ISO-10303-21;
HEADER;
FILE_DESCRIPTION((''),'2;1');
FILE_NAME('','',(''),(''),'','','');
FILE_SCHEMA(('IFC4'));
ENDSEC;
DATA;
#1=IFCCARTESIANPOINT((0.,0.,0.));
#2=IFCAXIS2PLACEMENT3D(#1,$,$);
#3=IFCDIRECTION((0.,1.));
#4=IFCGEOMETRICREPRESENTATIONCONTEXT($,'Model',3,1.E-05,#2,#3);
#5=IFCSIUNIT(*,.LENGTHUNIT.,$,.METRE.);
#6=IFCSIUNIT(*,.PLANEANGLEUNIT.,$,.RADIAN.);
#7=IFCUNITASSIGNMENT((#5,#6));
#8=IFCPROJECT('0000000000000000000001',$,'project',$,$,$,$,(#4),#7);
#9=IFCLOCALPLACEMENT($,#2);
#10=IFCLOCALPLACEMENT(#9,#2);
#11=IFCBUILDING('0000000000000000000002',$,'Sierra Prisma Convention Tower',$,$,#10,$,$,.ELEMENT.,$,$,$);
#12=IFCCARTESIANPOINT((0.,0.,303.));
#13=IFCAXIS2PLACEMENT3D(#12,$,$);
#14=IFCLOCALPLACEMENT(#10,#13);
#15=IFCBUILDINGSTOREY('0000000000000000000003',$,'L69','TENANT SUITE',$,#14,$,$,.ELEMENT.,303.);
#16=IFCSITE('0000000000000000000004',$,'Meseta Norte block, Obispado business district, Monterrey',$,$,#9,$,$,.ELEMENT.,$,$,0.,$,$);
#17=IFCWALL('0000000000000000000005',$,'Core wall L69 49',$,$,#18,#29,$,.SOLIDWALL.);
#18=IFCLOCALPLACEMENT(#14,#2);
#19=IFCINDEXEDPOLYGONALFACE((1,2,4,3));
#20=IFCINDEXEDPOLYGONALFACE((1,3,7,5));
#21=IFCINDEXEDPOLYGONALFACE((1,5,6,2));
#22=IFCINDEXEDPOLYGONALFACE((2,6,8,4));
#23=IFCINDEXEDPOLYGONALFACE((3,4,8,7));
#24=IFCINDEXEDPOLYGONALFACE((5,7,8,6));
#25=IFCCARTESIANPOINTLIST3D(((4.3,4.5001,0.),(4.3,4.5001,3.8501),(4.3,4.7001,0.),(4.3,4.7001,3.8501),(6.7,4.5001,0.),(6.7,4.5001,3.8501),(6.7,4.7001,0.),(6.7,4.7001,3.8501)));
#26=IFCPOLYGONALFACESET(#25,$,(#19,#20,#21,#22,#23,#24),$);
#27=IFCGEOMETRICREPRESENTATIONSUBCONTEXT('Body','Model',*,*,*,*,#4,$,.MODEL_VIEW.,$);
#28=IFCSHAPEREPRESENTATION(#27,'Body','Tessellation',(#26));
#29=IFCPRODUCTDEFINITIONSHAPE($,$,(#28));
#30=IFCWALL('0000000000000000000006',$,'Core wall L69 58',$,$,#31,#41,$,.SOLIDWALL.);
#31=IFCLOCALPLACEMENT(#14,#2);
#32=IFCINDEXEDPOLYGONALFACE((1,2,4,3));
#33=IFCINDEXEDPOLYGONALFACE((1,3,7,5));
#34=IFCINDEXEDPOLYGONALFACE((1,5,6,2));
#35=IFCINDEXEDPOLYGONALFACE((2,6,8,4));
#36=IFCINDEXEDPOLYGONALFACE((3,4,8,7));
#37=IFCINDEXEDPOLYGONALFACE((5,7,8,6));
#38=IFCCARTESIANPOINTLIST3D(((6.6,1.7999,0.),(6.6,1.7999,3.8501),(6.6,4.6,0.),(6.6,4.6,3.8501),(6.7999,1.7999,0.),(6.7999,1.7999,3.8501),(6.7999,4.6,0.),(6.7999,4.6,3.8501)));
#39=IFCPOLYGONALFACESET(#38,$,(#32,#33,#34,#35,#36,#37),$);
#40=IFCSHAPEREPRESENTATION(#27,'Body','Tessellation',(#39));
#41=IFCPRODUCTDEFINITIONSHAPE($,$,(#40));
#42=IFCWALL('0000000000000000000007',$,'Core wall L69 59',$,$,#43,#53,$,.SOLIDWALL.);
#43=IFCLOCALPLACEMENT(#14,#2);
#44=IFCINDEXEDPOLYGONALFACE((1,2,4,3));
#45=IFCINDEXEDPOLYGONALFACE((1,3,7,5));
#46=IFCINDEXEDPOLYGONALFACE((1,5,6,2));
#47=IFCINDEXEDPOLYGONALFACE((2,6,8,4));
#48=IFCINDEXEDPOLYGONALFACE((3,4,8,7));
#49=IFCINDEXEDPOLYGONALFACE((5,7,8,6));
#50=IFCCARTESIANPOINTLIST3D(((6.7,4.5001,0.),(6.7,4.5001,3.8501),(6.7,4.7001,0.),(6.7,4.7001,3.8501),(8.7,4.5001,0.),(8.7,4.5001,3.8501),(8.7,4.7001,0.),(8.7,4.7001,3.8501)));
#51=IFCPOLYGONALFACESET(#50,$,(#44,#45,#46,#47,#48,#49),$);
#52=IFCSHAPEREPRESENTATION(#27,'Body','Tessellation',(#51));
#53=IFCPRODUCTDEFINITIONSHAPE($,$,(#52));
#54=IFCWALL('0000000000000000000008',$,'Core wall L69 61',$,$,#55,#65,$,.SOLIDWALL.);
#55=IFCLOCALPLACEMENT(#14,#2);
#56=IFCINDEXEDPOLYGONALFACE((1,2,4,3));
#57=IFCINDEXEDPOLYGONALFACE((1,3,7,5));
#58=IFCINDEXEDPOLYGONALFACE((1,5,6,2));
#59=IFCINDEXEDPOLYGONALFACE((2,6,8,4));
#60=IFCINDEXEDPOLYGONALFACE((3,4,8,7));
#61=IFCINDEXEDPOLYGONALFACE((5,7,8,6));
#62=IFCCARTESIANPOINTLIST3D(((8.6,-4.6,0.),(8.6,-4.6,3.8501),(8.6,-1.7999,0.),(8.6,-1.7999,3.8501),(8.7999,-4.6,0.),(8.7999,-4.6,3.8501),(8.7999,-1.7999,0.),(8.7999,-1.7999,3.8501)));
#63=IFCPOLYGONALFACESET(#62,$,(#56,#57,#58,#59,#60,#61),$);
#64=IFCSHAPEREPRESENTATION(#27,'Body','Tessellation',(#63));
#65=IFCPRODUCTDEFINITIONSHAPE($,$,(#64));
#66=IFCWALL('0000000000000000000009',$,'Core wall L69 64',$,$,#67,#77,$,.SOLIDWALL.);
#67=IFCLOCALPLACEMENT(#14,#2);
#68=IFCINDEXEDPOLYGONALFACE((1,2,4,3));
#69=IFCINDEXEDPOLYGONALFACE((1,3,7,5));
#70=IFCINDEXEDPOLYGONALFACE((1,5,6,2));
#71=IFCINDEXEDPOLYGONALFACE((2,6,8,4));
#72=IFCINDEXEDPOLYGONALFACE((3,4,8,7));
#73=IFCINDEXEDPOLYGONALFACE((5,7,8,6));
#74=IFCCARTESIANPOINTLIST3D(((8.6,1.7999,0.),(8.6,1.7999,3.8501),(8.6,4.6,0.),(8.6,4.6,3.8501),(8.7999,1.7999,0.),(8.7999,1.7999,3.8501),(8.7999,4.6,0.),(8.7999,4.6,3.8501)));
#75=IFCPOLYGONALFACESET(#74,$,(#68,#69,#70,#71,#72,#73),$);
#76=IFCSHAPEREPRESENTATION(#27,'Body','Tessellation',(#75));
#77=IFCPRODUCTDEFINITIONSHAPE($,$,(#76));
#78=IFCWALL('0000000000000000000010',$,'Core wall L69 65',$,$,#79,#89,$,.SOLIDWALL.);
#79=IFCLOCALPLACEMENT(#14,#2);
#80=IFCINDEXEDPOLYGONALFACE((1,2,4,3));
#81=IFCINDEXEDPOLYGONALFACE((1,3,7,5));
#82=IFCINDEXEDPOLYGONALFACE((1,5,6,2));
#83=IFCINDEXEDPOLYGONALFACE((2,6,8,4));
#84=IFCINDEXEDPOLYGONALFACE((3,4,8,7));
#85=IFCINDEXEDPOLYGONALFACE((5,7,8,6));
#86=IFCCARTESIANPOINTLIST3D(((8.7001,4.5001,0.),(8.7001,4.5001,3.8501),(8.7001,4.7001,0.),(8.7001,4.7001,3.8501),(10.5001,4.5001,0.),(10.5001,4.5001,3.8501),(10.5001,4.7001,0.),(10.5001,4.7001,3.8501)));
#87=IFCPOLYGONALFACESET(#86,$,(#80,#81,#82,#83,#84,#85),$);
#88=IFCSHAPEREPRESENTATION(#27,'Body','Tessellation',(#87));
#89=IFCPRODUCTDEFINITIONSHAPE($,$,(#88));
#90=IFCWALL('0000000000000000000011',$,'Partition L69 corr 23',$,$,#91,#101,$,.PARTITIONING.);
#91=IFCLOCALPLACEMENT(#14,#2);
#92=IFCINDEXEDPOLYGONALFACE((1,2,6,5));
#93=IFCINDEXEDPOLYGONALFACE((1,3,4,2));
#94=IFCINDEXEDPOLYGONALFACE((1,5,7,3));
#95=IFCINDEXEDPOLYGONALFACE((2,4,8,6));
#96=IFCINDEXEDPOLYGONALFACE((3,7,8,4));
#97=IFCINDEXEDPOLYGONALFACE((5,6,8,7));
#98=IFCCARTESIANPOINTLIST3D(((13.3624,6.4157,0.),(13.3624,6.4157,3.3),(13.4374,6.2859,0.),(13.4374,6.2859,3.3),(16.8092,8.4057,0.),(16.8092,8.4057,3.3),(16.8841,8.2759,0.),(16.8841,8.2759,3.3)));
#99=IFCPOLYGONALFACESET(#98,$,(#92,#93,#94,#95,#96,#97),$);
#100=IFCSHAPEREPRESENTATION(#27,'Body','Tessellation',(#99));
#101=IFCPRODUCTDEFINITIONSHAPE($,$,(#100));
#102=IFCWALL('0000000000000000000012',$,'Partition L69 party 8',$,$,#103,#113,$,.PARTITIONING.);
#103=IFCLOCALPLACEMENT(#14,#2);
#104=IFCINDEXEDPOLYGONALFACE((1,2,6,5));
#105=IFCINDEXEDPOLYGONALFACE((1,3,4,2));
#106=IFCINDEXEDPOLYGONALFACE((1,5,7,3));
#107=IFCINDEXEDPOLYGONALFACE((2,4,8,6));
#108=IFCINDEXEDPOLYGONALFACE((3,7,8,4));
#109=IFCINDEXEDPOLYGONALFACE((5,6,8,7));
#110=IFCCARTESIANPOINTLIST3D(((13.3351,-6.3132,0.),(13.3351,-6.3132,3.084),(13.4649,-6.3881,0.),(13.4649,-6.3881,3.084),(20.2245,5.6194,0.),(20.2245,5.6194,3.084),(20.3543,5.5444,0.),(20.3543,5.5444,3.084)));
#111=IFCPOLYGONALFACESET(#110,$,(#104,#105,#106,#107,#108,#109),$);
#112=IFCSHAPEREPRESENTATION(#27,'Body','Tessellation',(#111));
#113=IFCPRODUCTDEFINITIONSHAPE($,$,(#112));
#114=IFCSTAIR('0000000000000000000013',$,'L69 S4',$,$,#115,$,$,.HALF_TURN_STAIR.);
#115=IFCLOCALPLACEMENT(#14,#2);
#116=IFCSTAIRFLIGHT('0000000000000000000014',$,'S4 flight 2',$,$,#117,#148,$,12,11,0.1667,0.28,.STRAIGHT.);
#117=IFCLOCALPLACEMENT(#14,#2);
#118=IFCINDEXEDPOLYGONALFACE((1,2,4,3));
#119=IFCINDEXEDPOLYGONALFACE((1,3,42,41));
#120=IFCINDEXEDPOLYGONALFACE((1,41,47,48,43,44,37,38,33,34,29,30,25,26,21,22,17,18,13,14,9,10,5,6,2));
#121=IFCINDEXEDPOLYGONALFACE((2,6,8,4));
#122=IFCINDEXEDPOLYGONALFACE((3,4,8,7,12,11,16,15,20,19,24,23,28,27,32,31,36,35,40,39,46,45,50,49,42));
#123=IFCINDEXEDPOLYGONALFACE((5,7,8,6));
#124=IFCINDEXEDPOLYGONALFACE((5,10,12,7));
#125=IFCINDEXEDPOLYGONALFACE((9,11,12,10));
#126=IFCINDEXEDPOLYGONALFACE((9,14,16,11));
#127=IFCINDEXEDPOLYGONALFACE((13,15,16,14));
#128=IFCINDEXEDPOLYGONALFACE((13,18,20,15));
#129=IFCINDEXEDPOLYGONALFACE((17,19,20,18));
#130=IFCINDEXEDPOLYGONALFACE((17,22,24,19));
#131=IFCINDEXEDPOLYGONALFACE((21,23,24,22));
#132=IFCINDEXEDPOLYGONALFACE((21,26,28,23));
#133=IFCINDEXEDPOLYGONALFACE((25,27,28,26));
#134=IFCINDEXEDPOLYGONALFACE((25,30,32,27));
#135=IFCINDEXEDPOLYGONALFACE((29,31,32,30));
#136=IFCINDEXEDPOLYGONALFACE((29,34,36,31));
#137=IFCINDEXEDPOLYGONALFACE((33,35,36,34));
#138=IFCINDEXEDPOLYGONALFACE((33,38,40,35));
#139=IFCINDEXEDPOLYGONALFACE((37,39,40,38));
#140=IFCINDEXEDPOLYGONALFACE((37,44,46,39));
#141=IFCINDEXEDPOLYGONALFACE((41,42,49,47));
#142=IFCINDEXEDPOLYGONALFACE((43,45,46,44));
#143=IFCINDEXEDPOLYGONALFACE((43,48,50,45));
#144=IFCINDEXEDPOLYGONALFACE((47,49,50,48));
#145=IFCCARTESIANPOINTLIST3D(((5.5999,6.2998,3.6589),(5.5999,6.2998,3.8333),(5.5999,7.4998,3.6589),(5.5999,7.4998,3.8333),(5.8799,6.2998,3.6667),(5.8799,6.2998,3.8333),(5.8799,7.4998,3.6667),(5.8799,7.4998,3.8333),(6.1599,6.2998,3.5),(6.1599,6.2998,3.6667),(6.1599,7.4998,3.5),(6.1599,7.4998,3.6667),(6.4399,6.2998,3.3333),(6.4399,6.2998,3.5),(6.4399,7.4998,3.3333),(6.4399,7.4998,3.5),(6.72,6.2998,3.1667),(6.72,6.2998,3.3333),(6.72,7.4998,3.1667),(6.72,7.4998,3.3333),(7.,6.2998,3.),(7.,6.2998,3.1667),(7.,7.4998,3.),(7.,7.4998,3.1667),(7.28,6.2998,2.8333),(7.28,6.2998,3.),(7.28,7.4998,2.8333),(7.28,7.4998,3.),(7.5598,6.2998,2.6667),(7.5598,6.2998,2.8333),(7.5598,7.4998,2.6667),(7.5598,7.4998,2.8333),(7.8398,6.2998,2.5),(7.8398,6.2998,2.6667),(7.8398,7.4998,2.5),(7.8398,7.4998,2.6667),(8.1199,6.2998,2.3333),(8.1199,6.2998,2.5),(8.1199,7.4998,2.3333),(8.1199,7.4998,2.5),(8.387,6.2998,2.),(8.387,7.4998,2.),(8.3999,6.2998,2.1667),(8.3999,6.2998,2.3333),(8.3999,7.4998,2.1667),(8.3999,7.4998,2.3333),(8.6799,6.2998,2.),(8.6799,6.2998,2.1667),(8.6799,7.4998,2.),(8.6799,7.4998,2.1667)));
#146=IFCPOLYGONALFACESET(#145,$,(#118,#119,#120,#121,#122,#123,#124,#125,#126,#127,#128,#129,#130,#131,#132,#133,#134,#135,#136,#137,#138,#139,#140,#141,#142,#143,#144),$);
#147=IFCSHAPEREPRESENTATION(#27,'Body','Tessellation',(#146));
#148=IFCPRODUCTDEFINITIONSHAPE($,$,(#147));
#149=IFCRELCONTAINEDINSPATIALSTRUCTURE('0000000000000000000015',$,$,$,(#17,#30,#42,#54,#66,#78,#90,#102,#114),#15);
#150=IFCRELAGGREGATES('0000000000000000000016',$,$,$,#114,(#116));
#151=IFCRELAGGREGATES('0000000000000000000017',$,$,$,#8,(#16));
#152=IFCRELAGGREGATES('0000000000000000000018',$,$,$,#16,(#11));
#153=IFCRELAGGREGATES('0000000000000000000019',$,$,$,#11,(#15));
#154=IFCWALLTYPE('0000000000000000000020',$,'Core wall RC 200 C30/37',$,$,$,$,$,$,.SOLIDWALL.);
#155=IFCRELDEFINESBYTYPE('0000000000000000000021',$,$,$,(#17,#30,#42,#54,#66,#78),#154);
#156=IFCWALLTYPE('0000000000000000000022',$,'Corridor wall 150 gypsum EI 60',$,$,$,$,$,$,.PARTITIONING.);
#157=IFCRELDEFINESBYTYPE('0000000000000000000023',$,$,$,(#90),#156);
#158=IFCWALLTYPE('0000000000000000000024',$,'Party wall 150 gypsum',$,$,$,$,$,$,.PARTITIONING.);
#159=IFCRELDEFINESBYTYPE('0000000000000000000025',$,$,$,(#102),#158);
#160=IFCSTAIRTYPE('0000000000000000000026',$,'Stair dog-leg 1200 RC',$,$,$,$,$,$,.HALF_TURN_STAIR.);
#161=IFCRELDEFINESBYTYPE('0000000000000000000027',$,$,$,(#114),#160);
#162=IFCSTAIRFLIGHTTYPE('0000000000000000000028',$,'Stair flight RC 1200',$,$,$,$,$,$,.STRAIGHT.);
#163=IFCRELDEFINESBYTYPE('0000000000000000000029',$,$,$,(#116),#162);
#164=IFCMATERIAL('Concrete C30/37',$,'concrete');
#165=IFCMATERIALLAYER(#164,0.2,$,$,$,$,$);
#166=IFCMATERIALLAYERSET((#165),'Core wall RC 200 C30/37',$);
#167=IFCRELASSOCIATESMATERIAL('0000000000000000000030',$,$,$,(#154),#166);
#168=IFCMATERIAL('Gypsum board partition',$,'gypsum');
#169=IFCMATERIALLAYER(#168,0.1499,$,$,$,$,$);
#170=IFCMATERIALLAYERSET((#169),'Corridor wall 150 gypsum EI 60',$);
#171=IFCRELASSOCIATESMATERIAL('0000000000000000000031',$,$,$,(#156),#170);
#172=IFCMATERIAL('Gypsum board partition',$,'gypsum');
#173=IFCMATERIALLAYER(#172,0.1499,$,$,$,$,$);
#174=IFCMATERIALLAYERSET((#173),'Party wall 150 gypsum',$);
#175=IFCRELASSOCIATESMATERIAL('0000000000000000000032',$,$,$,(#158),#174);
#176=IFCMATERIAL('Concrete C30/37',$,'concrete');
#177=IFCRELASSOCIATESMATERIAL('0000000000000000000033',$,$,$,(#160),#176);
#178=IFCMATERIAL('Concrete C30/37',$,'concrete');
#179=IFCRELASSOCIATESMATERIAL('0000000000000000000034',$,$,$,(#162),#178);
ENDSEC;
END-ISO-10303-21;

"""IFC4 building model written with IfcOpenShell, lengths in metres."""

from ifc_helpers import new_model, si_unit, direction, frame, frame_2d, origin, place, context, subcontext, project, spatial, polyline, rectangle, outline, extrude, material, layer, layer_set, type_object, element, aggregate, save


model = new_model("IFC4")

# Units and contexts
model_context = context("Model", 3, precision=1e-05, world=origin(), true_north=direction((0.0, 1.0)))
body_context = subcontext(model_context, "Body", "Model", "MODEL_VIEW")
ifc_project = project(units=[si_unit("LENGTHUNIT", "METRE"), si_unit("PLANEANGLEUNIT", "RADIAN")], contexts=[model_context])

# Site, building, storey
site_placement = place(None, origin())
site = spatial("IfcSite", under=ifc_project, at=site_placement, Name="Meseta Norte block, Obispado business district, Monterrey", CompositionType="ELEMENT", RefElevation=0.0)
building_placement = place(site_placement, origin())
building = spatial("IfcBuilding", under=site, at=building_placement, Name="Sierra Prisma Convention Tower", CompositionType="ELEMENT")
storey_placement = place(building_placement, frame((0.0, 0.0, 303.0)))
storey = spatial("IfcBuildingStorey", under=building, at=storey_placement, Name="L69", Description="TENANT SUITE", CompositionType="ELEMENT", Elevation=303.0)

# Wall
ifc_material_1 = material(Name="Concrete C30/37", Category="concrete")
ifc_layer_1 = layer(ifc_material_1, 0.2)
ifc_layer_set_1 = layer_set([ifc_layer_1], Name="Core wall RC 200 C30/37")
wall_type_1 = type_object("IfcWallType", Name="Core wall RC 200 C30/37", PredefinedType="SOLIDWALL", material=ifc_layer_set_1)
wall_1_placement = place(storey_placement, frame((6.7, 4.6001, 0.0), z_axis=(0.0, 0.0, 1.0), x_axis=(-1.0, 0.0, 0.0)))
element("IfcWall", 1, at=wall_1_placement, inside=storey, type_object=wall_type_1, Name="Core wall L69 49", PredefinedType="SOLIDWALL", context=body_context, shape_type="SweptSolid", body=[
    extrude(rectangle(XDim=2.3999, YDim=0.2, at=frame_2d((1.2, 0.0))), origin(), (0.0, 0.0, 1.0), 3.8501),
])

# Walls
wall_2_placement = place(storey_placement, frame((6.7, 1.8, 0.0), z_axis=(0.0, 0.0, 1.0), x_axis=(0.0, 1.0, 0.0)))
element("IfcWall", 2, at=wall_2_placement, inside=storey, type_object=wall_type_1, Name="Core wall L69 58", PredefinedType="SOLIDWALL", context=body_context, shape_type="SweptSolid", body=[
    extrude(rectangle(XDim=2.8, YDim=0.2, at=frame_2d((1.3999, 0.0))), origin(), (0.0, 0.0, 1.0), 3.8501),
])
wall_3_placement = place(storey_placement, frame((8.7, 4.6001, 0.0), z_axis=(0.0, 0.0, 1.0), x_axis=(-1.0, 0.0, 0.0)))
element("IfcWall", 3, at=wall_3_placement, inside=storey, type_object=wall_type_1, Name="Core wall L69 59", PredefinedType="SOLIDWALL", context=body_context, shape_type="SweptSolid", body=[
    extrude(rectangle(XDim=2.0, YDim=0.2, at=frame_2d((1.0, 0.0))), origin(), (0.0, 0.0, 1.0), 3.8501),
])
wall_4_placement = place(storey_placement, frame((8.7, -1.8, 0.0), z_axis=(0.0, 0.0, 1.0), x_axis=(0.0, -1.0, 0.0)))
element("IfcWall", 4, at=wall_4_placement, inside=storey, type_object=wall_type_1, Name="Core wall L69 61", PredefinedType="SOLIDWALL", context=body_context, shape_type="SweptSolid", body=[
    extrude(rectangle(XDim=2.8, YDim=0.2, at=frame_2d((1.3999, 0.0))), origin(), (0.0, 0.0, 1.0), 3.8501),
])

# Walls
wall_5_placement = place(storey_placement, frame((8.7, 1.8, 0.0), z_axis=(0.0, 0.0, 1.0), x_axis=(0.0, 1.0, 0.0)))
element("IfcWall", 5, at=wall_5_placement, inside=storey, type_object=wall_type_1, Name="Core wall L69 64", PredefinedType="SOLIDWALL", context=body_context, shape_type="SweptSolid", body=[
    extrude(rectangle(XDim=2.8, YDim=0.2, at=frame_2d((1.3999, 0.0))), origin(), (0.0, 0.0, 1.0), 3.8501),
])
wall_6_placement = place(storey_placement, frame((10.5, 4.6001, 0.0), z_axis=(0.0, 0.0, 1.0), x_axis=(-1.0, 0.0, 0.0)))
element("IfcWall", 6, at=wall_6_placement, inside=storey, type_object=wall_type_1, Name="Core wall L69 65", PredefinedType="SOLIDWALL", context=body_context, shape_type="SweptSolid", body=[
    extrude(rectangle(XDim=1.8, YDim=0.2, at=frame_2d((0.8999, 0.0))), origin(), (0.0, 0.0, 1.0), 3.8501),
])
ifc_material_2 = material(Name="Gypsum board partition", Category="gypsum")
ifc_layer_2 = layer(ifc_material_2, 0.1499)
ifc_layer_set_2 = layer_set([ifc_layer_2], Name="Corridor wall 150 gypsum EI 60")
wall_type_2 = type_object("IfcWallType", Name="Corridor wall 150 gypsum EI 60", PredefinedType="PARTITIONING", material=ifc_layer_set_2)
wall_7_placement = place(storey_placement, frame((13.3999, 6.3508, 0.0), z_axis=(0.0, 0.0, 1.0), x_axis=(0.866026, 0.499999, 0.0)))
element("IfcWall", 7, at=wall_7_placement, inside=storey, type_object=wall_type_2, Name="Partition L69 corr 23", PredefinedType="PARTITIONING", context=body_context, shape_type="SweptSolid", body=[
    extrude(rectangle(XDim=3.98, YDim=0.1499, at=frame_2d((1.99, 0.0))), origin(), (0.0, 0.0, 1.0), 3.3),
])
ifc_material_3 = material(Name="Gypsum board partition", Category="gypsum")
ifc_layer_3 = layer(ifc_material_3, 0.1499)
ifc_layer_set_3 = layer_set([ifc_layer_3], Name="Party wall 150 gypsum")
wall_type_3 = type_object("IfcWallType", Name="Party wall 150 gypsum", PredefinedType="PARTITIONING", material=ifc_layer_set_3)
wall_8_placement = place(storey_placement, frame((20.2893, 5.5818, 0.0), z_axis=(0.0, 0.0, 1.0), x_axis=(-0.500006, -0.866022, 0.0)))
element("IfcWall", 8, at=wall_8_placement, inside=storey, type_object=wall_type_3, Name="Partition L69 party 8", PredefinedType="PARTITIONING", context=body_context, shape_type="SweptSolid", body=[
    extrude(rectangle(XDim=13.7786, YDim=0.1499, at=frame_2d((6.8892, 0.0))), origin(), (0.0, 0.0, 1.0), 3.084),
])

# Stair, stair flight
ifc_material_4 = material(Name="Concrete C30/37", Category="concrete")
stair_type = type_object("IfcStairType", Name="Stair dog-leg 1200 RC", PredefinedType="HALF_TURN_STAIR", material=ifc_material_4)
stair_placement = place(storey_placement, origin())
stair = element("IfcStair", 9, at=stair_placement, inside=storey, type_object=stair_type, Name="L69 S4", PredefinedType="HALF_TURN_STAIR")
ifc_material_5 = material(Name="Concrete C30/37", Category="concrete")
stair_flight_type = type_object("IfcStairFlightType", Name="Stair flight RC 1200", PredefinedType="STRAIGHT", material=ifc_material_5)
stair_flight_placement = place(storey_placement, frame((8.6799, 6.8999, 2.0), z_axis=(0.0, 0.0, 1.0), x_axis=(-1.0, 0.0, 0.0)))
stair_flight = element("IfcStairFlight", 10, at=stair_flight_placement, type_object=stair_flight_type, Name="S4 flight 2", NumberOfRisers=12, NumberOfTreads=11, PredefinedType="STRAIGHT", RiserHeight=0.1667, TreadLength=0.28, context=body_context, shape_type="SweptSolid", body=[
    extrude(outline(polyline([(0.0, 0.0), (0.0, 0.1667), (0.28, 0.1667), (0.28, 0.3333), (0.5601, 0.3333), (0.5601, 0.5), (0.8401, 0.5), (0.8401, 0.6667), (1.1201, 0.6667), (1.1201, 0.8333), (1.3999, 0.8333), (1.3999, 1.0), (1.6799, 1.0), (1.6799, 1.1667), (1.96, 1.1667), (1.96, 1.3333), (2.24, 1.3333), (2.24, 1.5), (2.52, 1.5), (2.52, 1.6667), (2.8, 1.6667), (2.8, 1.8333), (3.0801, 1.8333), (3.0801, 2.0), (3.0801, 1.6589), (0.293, 0.0), (0.0, 0.0)])), frame((0.0, 0.6001, 0.0), z_axis=(0.0, -1.0, 0.0), x_axis=(1.0, 0.0, 0.0)), (0.0, 0.0, 1.0), 1.2),
])
aggregate(stair, [stair_flight])

save(model, "model.ifc")
